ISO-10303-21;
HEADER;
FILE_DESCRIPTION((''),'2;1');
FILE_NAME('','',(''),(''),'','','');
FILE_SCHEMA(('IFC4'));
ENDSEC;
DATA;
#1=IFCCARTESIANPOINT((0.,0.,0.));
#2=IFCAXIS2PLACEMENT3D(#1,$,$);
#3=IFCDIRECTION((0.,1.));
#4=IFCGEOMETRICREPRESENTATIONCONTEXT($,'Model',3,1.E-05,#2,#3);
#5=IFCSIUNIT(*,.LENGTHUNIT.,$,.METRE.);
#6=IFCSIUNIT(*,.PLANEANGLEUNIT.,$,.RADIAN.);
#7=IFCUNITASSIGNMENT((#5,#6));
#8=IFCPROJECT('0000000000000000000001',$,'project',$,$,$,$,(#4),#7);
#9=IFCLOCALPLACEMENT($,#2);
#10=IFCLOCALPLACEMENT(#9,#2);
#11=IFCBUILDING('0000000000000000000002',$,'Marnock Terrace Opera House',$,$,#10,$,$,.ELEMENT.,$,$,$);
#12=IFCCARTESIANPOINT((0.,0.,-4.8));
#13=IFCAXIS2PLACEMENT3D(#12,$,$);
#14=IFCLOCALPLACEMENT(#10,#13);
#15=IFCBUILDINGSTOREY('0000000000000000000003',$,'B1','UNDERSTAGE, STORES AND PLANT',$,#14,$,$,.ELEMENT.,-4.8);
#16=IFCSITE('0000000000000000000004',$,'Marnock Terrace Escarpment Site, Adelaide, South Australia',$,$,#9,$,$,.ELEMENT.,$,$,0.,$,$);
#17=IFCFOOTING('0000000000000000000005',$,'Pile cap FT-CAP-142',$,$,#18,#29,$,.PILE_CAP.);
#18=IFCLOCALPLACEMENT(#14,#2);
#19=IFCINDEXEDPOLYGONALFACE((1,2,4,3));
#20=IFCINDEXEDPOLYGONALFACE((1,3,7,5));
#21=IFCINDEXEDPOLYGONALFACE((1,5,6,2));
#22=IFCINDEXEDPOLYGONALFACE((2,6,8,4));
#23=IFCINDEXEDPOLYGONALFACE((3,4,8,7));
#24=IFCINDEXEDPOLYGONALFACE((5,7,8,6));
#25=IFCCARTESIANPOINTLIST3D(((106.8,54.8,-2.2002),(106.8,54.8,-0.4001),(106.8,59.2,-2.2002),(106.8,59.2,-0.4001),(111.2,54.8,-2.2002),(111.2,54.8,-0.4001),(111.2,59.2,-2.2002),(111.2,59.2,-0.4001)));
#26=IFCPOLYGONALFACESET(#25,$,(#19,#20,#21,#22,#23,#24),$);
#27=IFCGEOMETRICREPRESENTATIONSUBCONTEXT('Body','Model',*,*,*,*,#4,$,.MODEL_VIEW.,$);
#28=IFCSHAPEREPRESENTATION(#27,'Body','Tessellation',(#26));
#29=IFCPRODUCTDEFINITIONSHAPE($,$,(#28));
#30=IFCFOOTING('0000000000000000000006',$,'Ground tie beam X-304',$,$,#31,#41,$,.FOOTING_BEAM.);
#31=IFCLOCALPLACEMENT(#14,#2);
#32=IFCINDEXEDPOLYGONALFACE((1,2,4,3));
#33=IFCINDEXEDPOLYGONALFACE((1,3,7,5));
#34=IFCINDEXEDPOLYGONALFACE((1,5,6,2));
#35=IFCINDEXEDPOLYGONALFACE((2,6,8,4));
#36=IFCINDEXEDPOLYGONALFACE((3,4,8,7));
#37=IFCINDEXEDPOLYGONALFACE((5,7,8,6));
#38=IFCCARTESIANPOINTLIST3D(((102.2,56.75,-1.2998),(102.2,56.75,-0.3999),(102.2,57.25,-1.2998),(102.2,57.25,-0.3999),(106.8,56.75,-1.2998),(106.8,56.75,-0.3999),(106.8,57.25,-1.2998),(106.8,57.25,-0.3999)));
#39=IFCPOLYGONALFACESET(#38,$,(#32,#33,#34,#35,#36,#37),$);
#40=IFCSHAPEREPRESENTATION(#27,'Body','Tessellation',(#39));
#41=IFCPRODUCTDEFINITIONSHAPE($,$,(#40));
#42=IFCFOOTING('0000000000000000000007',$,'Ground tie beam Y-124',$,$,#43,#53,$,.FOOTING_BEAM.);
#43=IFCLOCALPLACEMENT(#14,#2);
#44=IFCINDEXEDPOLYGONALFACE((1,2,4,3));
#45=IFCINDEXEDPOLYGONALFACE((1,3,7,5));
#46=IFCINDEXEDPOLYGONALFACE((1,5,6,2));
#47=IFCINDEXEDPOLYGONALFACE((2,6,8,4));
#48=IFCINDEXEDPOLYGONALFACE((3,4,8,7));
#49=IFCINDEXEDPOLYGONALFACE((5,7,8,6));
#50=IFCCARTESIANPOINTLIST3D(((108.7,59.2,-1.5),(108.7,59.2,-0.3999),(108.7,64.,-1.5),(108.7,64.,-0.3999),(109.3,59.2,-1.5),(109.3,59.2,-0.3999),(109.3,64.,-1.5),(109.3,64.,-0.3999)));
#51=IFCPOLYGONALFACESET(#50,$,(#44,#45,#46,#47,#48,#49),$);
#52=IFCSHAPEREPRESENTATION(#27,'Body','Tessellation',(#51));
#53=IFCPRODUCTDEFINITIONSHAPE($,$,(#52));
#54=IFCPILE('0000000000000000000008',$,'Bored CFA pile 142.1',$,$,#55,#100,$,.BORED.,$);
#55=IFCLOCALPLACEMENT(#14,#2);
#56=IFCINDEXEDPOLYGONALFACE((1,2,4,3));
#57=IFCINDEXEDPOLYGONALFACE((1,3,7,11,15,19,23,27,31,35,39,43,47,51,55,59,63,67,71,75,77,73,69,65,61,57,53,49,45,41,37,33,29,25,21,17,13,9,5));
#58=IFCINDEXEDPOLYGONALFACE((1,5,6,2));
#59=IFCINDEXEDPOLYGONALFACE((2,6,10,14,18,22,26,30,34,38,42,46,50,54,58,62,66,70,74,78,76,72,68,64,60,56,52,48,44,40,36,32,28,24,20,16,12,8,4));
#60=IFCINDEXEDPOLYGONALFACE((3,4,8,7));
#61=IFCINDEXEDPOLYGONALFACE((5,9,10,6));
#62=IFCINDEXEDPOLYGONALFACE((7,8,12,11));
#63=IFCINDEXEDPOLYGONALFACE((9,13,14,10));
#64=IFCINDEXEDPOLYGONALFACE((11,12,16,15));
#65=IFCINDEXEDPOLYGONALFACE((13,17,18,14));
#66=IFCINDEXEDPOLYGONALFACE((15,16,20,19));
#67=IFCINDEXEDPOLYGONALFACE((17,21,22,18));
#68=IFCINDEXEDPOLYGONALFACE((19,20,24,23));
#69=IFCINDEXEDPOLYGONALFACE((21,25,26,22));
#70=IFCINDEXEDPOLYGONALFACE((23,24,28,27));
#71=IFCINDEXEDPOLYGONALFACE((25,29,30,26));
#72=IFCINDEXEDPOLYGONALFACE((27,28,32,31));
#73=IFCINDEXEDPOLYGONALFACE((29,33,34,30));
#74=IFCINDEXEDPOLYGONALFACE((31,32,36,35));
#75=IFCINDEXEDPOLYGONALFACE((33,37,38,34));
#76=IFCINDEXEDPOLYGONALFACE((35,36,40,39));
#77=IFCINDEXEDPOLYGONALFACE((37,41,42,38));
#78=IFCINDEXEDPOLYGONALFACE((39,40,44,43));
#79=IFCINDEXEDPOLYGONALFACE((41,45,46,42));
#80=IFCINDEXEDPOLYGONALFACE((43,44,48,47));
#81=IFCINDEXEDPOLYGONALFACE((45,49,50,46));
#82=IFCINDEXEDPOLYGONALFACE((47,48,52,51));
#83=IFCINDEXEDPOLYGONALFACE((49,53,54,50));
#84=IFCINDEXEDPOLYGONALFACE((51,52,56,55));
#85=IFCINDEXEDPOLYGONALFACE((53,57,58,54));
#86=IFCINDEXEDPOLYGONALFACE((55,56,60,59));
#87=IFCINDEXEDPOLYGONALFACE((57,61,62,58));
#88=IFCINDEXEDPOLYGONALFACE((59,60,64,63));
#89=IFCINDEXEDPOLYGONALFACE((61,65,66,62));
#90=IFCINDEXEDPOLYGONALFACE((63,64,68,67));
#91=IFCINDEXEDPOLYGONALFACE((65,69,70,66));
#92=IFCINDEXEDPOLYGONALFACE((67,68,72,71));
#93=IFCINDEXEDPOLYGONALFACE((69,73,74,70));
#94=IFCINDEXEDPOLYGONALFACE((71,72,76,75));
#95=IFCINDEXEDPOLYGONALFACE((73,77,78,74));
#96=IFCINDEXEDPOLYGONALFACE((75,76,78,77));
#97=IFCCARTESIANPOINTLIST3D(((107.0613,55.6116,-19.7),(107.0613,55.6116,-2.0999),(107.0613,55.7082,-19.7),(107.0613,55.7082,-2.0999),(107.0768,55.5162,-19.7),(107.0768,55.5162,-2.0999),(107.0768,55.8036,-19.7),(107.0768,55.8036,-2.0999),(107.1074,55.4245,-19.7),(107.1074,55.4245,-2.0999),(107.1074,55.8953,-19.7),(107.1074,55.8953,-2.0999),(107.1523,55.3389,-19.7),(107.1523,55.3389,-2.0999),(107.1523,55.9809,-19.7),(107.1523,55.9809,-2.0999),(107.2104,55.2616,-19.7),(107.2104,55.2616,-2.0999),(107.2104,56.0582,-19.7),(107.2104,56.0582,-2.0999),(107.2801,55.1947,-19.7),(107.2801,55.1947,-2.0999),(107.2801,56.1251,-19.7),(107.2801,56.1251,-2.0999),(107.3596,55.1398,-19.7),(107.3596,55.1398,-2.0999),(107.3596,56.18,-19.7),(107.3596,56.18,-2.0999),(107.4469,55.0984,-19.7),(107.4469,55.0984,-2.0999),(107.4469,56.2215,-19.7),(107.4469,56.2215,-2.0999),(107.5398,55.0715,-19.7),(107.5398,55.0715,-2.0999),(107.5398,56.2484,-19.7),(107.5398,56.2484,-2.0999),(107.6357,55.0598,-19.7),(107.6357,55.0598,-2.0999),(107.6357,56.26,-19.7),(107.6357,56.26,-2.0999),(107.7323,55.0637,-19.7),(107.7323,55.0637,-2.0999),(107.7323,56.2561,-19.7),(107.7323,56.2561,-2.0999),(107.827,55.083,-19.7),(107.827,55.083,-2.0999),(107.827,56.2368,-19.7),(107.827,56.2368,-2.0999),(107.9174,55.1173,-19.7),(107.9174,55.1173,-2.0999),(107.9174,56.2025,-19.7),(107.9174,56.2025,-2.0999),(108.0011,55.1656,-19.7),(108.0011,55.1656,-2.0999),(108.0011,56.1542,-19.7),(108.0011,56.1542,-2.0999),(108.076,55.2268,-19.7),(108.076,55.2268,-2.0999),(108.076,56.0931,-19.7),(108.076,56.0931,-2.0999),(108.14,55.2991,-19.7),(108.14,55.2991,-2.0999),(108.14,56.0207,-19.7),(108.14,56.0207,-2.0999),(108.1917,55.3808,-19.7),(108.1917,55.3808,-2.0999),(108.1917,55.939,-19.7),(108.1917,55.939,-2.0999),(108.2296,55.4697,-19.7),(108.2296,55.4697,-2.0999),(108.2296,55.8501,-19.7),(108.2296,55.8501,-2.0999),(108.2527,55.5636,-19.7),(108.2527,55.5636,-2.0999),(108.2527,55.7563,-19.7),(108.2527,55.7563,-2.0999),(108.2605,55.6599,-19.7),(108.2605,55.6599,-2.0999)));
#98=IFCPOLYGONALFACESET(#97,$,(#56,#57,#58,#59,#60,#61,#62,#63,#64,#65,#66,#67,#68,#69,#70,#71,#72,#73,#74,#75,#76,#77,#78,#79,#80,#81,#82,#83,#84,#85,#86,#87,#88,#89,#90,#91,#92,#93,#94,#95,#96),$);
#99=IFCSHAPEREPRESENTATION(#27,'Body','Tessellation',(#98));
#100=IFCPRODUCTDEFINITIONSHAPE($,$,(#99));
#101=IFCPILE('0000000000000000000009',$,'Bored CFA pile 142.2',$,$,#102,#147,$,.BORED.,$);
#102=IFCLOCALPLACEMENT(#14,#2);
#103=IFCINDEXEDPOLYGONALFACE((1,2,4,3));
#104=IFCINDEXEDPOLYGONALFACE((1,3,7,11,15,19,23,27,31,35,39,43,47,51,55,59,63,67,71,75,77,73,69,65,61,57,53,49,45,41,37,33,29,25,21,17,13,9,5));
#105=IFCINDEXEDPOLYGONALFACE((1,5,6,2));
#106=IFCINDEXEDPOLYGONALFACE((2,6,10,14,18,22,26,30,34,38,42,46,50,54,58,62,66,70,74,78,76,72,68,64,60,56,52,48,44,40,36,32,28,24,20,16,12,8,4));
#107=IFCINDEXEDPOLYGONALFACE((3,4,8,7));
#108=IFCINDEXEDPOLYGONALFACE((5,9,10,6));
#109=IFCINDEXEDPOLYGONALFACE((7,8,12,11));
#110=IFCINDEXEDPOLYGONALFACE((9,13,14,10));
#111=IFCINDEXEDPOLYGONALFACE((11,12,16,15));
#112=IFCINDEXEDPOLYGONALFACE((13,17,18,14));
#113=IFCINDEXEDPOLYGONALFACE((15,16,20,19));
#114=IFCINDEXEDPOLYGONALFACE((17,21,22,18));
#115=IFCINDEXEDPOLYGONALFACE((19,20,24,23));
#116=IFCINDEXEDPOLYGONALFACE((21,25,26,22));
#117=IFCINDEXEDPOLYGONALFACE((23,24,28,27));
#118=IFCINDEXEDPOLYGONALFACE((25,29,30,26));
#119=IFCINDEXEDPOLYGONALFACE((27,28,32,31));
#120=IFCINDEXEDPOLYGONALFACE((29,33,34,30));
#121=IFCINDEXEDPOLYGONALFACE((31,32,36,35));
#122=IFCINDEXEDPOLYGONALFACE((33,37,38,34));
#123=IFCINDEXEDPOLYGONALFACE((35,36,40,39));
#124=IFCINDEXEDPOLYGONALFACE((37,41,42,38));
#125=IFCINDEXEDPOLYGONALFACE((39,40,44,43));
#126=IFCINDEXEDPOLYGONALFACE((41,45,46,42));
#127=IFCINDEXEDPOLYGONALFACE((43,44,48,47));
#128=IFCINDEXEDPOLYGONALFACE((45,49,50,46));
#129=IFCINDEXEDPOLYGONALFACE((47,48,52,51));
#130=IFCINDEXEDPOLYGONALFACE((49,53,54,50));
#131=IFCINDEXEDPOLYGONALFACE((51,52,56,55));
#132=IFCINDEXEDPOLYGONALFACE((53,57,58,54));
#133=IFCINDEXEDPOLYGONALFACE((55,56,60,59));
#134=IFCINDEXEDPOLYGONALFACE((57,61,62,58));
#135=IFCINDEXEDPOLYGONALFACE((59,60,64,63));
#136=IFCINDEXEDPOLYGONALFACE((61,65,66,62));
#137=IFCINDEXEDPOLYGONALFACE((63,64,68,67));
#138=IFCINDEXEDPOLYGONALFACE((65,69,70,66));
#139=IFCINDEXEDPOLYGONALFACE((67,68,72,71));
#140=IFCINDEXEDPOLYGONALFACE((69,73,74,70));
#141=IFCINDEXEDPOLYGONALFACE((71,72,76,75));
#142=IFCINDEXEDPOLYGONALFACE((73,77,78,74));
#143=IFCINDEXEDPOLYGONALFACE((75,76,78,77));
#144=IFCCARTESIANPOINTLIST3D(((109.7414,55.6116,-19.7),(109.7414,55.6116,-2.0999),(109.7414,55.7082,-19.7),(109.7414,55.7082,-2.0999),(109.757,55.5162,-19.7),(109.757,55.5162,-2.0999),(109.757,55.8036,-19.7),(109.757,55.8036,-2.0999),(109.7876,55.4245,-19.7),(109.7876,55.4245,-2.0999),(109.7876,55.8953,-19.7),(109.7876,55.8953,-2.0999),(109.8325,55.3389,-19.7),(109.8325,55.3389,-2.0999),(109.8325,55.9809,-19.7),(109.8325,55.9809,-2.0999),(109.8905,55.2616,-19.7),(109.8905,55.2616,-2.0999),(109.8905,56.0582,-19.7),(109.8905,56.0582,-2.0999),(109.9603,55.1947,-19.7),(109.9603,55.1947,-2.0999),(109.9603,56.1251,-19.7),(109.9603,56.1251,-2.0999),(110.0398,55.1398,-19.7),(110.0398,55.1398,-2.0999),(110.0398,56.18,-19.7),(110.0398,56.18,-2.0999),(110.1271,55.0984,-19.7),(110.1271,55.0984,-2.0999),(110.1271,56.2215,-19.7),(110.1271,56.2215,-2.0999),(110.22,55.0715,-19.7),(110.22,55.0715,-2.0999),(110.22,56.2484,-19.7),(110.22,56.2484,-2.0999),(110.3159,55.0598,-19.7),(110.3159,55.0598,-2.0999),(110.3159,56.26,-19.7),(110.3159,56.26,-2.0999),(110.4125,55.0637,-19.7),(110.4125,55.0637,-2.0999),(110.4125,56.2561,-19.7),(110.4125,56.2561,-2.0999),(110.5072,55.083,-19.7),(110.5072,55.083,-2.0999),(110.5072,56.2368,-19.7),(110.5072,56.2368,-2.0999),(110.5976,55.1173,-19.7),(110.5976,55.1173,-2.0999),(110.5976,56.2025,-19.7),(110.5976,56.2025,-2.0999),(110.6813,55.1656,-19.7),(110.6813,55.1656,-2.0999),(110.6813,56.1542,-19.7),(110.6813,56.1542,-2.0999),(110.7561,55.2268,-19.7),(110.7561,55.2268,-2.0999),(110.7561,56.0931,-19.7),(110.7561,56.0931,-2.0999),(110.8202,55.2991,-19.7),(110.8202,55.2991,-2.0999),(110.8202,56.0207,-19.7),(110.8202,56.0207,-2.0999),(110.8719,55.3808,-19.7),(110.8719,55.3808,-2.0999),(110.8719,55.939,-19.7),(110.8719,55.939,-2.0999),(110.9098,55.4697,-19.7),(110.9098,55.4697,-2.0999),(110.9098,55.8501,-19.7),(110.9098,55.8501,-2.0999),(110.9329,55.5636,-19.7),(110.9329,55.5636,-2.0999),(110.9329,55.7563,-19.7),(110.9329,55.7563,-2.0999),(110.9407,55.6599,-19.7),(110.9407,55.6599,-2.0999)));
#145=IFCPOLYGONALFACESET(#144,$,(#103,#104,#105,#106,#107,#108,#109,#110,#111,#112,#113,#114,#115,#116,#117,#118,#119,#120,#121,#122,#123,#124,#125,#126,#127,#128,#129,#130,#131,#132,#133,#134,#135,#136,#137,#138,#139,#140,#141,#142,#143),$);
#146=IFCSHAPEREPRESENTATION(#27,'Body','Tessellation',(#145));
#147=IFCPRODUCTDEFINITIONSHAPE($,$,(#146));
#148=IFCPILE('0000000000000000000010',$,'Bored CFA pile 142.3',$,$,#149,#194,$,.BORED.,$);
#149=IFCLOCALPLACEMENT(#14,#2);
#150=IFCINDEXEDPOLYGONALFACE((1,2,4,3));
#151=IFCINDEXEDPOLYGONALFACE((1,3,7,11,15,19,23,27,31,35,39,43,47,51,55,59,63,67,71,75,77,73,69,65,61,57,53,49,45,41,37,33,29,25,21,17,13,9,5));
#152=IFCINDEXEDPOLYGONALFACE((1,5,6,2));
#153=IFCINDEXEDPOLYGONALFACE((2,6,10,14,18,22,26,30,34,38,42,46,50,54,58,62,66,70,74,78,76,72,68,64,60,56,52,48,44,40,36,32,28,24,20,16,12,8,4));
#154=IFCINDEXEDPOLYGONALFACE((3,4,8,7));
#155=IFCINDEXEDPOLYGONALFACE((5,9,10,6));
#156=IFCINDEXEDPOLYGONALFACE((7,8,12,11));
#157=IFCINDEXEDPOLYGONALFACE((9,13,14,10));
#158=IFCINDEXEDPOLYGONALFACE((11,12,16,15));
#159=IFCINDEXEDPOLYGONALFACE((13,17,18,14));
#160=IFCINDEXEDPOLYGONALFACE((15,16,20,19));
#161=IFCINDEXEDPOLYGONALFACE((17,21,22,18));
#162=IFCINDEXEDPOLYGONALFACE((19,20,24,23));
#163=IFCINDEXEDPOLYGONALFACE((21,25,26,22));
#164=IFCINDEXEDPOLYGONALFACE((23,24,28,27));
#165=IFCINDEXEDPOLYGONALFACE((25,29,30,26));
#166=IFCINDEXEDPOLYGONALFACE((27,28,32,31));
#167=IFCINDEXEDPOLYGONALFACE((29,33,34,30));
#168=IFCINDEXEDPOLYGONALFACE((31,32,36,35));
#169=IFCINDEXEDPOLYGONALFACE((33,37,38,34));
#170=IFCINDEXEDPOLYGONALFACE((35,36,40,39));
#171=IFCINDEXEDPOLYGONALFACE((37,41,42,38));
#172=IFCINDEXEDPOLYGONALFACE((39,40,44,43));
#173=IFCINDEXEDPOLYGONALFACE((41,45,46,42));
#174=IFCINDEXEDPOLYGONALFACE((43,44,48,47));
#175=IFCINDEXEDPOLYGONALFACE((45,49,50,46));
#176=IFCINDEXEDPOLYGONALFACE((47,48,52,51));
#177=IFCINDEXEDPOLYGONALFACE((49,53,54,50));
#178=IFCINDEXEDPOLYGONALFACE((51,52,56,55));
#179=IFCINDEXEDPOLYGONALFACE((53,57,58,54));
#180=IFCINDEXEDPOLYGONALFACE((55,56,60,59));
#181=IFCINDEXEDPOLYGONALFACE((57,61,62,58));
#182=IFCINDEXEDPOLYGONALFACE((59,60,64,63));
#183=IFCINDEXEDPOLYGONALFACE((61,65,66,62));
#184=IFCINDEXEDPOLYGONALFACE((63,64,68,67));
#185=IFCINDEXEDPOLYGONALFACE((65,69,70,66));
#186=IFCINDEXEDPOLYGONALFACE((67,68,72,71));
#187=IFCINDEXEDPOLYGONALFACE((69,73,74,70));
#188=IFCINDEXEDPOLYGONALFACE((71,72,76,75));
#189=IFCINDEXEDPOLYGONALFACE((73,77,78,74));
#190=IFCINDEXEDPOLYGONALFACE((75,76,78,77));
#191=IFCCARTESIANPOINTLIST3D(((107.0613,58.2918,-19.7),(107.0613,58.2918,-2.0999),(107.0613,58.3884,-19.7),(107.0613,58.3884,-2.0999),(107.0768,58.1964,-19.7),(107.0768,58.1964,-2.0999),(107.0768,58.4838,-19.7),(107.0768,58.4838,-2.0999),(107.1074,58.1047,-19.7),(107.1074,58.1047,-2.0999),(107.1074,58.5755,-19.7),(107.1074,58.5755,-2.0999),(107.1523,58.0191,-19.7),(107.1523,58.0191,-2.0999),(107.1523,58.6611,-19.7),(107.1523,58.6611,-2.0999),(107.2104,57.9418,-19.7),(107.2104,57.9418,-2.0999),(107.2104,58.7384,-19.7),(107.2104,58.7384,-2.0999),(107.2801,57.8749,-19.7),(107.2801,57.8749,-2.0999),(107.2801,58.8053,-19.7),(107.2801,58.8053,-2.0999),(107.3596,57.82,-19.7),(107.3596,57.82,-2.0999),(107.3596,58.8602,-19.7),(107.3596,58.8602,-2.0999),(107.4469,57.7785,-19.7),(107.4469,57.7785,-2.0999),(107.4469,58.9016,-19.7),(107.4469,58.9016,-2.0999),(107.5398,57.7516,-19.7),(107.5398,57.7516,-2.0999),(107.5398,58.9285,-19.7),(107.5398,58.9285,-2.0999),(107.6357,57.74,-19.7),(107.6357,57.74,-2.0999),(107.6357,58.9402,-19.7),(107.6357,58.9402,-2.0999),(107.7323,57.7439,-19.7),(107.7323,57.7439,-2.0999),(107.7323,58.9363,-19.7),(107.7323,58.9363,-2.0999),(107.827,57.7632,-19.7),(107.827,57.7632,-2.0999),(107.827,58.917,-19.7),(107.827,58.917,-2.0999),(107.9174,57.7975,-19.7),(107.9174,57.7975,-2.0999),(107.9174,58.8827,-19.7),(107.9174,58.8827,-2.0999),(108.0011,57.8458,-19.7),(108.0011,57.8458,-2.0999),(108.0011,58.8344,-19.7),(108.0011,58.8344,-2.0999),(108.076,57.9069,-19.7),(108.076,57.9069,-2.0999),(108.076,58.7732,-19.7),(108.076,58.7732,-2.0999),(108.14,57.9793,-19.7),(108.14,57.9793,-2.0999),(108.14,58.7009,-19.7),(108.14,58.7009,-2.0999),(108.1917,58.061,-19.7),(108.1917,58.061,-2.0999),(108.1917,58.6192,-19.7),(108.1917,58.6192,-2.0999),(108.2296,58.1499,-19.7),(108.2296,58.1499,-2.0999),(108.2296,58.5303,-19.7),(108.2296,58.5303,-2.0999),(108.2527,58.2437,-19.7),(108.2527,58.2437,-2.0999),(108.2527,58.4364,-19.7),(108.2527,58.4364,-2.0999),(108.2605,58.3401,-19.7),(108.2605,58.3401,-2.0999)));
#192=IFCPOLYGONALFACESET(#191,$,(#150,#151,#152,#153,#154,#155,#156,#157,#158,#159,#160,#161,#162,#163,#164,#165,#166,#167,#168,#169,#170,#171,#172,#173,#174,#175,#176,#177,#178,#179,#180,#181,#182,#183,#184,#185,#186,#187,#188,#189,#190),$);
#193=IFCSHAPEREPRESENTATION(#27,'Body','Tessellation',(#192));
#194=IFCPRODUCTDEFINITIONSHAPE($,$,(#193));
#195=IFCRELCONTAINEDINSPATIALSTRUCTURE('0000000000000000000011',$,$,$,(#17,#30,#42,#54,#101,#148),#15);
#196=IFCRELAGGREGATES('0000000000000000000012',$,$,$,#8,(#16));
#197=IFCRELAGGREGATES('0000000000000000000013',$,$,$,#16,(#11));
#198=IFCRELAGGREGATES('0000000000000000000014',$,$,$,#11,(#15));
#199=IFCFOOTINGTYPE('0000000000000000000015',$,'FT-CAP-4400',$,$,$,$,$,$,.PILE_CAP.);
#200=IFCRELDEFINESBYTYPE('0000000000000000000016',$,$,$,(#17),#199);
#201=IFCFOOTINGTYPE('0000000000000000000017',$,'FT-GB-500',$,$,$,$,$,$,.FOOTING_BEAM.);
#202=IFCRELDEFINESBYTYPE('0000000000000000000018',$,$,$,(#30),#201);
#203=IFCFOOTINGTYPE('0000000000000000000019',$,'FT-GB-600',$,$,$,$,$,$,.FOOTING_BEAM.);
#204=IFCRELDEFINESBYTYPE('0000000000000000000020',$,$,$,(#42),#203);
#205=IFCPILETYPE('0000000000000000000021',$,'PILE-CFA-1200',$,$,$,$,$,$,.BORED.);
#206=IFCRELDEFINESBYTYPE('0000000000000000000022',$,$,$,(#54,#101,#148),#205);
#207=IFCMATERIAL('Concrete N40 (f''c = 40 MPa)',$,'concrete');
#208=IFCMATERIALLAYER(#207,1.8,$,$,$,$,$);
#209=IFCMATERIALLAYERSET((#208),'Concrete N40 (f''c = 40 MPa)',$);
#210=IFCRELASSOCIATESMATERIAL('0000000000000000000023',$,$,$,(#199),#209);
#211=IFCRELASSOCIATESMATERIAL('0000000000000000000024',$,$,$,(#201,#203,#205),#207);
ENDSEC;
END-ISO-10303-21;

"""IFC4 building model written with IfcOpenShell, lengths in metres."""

from ifc_helpers import new_model, si_unit, direction, frame, origin, origin_2d, place, context, subcontext, project, spatial, rectangle, circle, extrude, material, layer, layer_set, material_profile, profile_set, type_object, element, save


model = new_model("IFC4")

# Units and contexts
model_context = context("Model", 3, precision=1e-05, world=origin(), true_north=direction((0.0, 1.0)))
body_context = subcontext(model_context, "Body", "Model", "MODEL_VIEW")
ifc_project = project(units=[si_unit("LENGTHUNIT", "METRE"), si_unit("PLANEANGLEUNIT", "RADIAN")], contexts=[model_context])

# Site, building, storey
site_placement = place(None, origin())
site = spatial("IfcSite", under=ifc_project, at=site_placement, Name="Marnock Terrace Escarpment Site, Adelaide, South Australia", CompositionType="ELEMENT", RefElevation=0.0)
building_placement = place(site_placement, origin())
building = spatial("IfcBuilding", under=site, at=building_placement, Name="Marnock Terrace Opera House", CompositionType="ELEMENT")
storey_placement = place(building_placement, frame((0.0, 0.0, -4.8)))
storey = spatial("IfcBuildingStorey", under=building, at=storey_placement, Name="B1", Description="UNDERSTAGE, STORES AND PLANT", CompositionType="ELEMENT", Elevation=-4.8)

# Footings
ifc_material_1 = material(Name="Concrete N40 (f'c = 40 MPa)", Category="concrete")
ifc_layer_1 = layer(ifc_material_1, 1.8)
ifc_layer_set_1 = layer_set([ifc_layer_1], Name="Concrete N40 (f'c = 40 MPa)")
footing_type_1 = type_object("IfcFootingType", Name="FT-CAP-4400", PredefinedType="PILE_CAP", material=ifc_layer_set_1)
footing_1_placement = place(storey_placement, frame((109.0, 57.0, -2.2002), z_axis=(0.0, 0.0, 1.0), x_axis=(1.0, 0.0, 0.0)))
element("IfcFooting", 1, at=footing_1_placement, inside=storey, type_object=footing_type_1, Name="Pile cap FT-CAP-142", PredefinedType="PILE_CAP", context=body_context, shape_type="SweptSolid", body=[
    extrude(rectangle(XDim=4.3999, YDim=4.3999, at=origin_2d()), origin(), (0.0, 0.0, 1.0), 1.8),
])
ifc_material_profile_1 = material_profile(ifc_material_1, rectangle(XDim=0.5, YDim=0.8999, at=origin_2d()))
ifc_profile_set_1 = profile_set([ifc_material_profile_1], Name="Concrete N40 (f'c = 40 MPa)")
footing_type_2 = type_object("IfcFootingType", Name="FT-GB-500", PredefinedType="FOOTING_BEAM", material=ifc_profile_set_1)
footing_2_placement = place(storey_placement, frame((102.2, 57.0, -0.8499), z_axis=(1.0, 0.0, 0.0), x_axis=(0.0, 1.0, 0.0)))
element("IfcFooting", 2, at=footing_2_placement, inside=storey, type_object=footing_type_2, Name="Ground tie beam X-304", PredefinedType="FOOTING_BEAM", context=body_context, shape_type="SweptSolid", body=[
    extrude(rectangle(XDim=0.5, YDim=0.8999, at=origin_2d()), origin(), (0.0, 0.0, 1.0), 4.6001),
])
ifc_material_profile_2 = material_profile(ifc_material_1, rectangle(XDim=0.6001, YDim=1.1001, at=origin_2d()))
ifc_profile_set_2 = profile_set([ifc_material_profile_2], Name="Concrete N40 (f'c = 40 MPa)")
footing_type_3 = type_object("IfcFootingType", Name="FT-GB-600", PredefinedType="FOOTING_BEAM", material=ifc_profile_set_2)
footing_3_placement = place(storey_placement, frame((109.0, 59.2, -0.95), z_axis=(0.0, 1.0, 0.0), x_axis=(-1.0, 0.0, 0.0)))
element("IfcFooting", 3, at=footing_3_placement, inside=storey, type_object=footing_type_3, Name="Ground tie beam Y-124", PredefinedType="FOOTING_BEAM", context=body_context, shape_type="SweptSolid", body=[
    extrude(rectangle(XDim=0.6001, YDim=1.1001, at=origin_2d()), origin(), (0.0, 0.0, 1.0), 4.8),
])

# Piles
ifc_material_profile_3 = material_profile(ifc_material_1, circle(Radius=0.6006, at=origin_2d()))
ifc_profile_set_3 = profile_set([ifc_material_profile_3], Name="Concrete N40 (f'c = 40 MPa)")
pile_type = type_object("IfcPileType", Name="PILE-CFA-1200", PredefinedType="BORED", material=ifc_profile_set_3)
for number, where, z_axis, x_axis, name in (
    (4, (107.6599, 55.6599, -2.0999), (0.0, 0.0, -1.0), (1.0, 0.0, 0.0), "Bored CFA pile 142.1"),
    (5, (110.3401, 55.6599, -2.0999), (0.0, 0.0, -1.0), (1.0, 0.0, 0.0), "Bored CFA pile 142.2"),
    (6, (107.6599, 58.3401, -2.0999), (0.0, 0.0, -1.0), (1.0, 0.0, 0.0), "Bored CFA pile 142.3"),
):
    element("IfcPile", number, at=place(storey_placement, frame(where, z_axis=z_axis, x_axis=x_axis)), inside=storey, type_object=pile_type, Name=name, PredefinedType="BORED", context=body_context, shape_type="SweptSolid", body=[
        extrude(circle(Radius=0.6006, at=origin_2d()), origin(), (0.0, 0.0, 1.0), 17.6001),
    ])

save(model, "model.ifc")
